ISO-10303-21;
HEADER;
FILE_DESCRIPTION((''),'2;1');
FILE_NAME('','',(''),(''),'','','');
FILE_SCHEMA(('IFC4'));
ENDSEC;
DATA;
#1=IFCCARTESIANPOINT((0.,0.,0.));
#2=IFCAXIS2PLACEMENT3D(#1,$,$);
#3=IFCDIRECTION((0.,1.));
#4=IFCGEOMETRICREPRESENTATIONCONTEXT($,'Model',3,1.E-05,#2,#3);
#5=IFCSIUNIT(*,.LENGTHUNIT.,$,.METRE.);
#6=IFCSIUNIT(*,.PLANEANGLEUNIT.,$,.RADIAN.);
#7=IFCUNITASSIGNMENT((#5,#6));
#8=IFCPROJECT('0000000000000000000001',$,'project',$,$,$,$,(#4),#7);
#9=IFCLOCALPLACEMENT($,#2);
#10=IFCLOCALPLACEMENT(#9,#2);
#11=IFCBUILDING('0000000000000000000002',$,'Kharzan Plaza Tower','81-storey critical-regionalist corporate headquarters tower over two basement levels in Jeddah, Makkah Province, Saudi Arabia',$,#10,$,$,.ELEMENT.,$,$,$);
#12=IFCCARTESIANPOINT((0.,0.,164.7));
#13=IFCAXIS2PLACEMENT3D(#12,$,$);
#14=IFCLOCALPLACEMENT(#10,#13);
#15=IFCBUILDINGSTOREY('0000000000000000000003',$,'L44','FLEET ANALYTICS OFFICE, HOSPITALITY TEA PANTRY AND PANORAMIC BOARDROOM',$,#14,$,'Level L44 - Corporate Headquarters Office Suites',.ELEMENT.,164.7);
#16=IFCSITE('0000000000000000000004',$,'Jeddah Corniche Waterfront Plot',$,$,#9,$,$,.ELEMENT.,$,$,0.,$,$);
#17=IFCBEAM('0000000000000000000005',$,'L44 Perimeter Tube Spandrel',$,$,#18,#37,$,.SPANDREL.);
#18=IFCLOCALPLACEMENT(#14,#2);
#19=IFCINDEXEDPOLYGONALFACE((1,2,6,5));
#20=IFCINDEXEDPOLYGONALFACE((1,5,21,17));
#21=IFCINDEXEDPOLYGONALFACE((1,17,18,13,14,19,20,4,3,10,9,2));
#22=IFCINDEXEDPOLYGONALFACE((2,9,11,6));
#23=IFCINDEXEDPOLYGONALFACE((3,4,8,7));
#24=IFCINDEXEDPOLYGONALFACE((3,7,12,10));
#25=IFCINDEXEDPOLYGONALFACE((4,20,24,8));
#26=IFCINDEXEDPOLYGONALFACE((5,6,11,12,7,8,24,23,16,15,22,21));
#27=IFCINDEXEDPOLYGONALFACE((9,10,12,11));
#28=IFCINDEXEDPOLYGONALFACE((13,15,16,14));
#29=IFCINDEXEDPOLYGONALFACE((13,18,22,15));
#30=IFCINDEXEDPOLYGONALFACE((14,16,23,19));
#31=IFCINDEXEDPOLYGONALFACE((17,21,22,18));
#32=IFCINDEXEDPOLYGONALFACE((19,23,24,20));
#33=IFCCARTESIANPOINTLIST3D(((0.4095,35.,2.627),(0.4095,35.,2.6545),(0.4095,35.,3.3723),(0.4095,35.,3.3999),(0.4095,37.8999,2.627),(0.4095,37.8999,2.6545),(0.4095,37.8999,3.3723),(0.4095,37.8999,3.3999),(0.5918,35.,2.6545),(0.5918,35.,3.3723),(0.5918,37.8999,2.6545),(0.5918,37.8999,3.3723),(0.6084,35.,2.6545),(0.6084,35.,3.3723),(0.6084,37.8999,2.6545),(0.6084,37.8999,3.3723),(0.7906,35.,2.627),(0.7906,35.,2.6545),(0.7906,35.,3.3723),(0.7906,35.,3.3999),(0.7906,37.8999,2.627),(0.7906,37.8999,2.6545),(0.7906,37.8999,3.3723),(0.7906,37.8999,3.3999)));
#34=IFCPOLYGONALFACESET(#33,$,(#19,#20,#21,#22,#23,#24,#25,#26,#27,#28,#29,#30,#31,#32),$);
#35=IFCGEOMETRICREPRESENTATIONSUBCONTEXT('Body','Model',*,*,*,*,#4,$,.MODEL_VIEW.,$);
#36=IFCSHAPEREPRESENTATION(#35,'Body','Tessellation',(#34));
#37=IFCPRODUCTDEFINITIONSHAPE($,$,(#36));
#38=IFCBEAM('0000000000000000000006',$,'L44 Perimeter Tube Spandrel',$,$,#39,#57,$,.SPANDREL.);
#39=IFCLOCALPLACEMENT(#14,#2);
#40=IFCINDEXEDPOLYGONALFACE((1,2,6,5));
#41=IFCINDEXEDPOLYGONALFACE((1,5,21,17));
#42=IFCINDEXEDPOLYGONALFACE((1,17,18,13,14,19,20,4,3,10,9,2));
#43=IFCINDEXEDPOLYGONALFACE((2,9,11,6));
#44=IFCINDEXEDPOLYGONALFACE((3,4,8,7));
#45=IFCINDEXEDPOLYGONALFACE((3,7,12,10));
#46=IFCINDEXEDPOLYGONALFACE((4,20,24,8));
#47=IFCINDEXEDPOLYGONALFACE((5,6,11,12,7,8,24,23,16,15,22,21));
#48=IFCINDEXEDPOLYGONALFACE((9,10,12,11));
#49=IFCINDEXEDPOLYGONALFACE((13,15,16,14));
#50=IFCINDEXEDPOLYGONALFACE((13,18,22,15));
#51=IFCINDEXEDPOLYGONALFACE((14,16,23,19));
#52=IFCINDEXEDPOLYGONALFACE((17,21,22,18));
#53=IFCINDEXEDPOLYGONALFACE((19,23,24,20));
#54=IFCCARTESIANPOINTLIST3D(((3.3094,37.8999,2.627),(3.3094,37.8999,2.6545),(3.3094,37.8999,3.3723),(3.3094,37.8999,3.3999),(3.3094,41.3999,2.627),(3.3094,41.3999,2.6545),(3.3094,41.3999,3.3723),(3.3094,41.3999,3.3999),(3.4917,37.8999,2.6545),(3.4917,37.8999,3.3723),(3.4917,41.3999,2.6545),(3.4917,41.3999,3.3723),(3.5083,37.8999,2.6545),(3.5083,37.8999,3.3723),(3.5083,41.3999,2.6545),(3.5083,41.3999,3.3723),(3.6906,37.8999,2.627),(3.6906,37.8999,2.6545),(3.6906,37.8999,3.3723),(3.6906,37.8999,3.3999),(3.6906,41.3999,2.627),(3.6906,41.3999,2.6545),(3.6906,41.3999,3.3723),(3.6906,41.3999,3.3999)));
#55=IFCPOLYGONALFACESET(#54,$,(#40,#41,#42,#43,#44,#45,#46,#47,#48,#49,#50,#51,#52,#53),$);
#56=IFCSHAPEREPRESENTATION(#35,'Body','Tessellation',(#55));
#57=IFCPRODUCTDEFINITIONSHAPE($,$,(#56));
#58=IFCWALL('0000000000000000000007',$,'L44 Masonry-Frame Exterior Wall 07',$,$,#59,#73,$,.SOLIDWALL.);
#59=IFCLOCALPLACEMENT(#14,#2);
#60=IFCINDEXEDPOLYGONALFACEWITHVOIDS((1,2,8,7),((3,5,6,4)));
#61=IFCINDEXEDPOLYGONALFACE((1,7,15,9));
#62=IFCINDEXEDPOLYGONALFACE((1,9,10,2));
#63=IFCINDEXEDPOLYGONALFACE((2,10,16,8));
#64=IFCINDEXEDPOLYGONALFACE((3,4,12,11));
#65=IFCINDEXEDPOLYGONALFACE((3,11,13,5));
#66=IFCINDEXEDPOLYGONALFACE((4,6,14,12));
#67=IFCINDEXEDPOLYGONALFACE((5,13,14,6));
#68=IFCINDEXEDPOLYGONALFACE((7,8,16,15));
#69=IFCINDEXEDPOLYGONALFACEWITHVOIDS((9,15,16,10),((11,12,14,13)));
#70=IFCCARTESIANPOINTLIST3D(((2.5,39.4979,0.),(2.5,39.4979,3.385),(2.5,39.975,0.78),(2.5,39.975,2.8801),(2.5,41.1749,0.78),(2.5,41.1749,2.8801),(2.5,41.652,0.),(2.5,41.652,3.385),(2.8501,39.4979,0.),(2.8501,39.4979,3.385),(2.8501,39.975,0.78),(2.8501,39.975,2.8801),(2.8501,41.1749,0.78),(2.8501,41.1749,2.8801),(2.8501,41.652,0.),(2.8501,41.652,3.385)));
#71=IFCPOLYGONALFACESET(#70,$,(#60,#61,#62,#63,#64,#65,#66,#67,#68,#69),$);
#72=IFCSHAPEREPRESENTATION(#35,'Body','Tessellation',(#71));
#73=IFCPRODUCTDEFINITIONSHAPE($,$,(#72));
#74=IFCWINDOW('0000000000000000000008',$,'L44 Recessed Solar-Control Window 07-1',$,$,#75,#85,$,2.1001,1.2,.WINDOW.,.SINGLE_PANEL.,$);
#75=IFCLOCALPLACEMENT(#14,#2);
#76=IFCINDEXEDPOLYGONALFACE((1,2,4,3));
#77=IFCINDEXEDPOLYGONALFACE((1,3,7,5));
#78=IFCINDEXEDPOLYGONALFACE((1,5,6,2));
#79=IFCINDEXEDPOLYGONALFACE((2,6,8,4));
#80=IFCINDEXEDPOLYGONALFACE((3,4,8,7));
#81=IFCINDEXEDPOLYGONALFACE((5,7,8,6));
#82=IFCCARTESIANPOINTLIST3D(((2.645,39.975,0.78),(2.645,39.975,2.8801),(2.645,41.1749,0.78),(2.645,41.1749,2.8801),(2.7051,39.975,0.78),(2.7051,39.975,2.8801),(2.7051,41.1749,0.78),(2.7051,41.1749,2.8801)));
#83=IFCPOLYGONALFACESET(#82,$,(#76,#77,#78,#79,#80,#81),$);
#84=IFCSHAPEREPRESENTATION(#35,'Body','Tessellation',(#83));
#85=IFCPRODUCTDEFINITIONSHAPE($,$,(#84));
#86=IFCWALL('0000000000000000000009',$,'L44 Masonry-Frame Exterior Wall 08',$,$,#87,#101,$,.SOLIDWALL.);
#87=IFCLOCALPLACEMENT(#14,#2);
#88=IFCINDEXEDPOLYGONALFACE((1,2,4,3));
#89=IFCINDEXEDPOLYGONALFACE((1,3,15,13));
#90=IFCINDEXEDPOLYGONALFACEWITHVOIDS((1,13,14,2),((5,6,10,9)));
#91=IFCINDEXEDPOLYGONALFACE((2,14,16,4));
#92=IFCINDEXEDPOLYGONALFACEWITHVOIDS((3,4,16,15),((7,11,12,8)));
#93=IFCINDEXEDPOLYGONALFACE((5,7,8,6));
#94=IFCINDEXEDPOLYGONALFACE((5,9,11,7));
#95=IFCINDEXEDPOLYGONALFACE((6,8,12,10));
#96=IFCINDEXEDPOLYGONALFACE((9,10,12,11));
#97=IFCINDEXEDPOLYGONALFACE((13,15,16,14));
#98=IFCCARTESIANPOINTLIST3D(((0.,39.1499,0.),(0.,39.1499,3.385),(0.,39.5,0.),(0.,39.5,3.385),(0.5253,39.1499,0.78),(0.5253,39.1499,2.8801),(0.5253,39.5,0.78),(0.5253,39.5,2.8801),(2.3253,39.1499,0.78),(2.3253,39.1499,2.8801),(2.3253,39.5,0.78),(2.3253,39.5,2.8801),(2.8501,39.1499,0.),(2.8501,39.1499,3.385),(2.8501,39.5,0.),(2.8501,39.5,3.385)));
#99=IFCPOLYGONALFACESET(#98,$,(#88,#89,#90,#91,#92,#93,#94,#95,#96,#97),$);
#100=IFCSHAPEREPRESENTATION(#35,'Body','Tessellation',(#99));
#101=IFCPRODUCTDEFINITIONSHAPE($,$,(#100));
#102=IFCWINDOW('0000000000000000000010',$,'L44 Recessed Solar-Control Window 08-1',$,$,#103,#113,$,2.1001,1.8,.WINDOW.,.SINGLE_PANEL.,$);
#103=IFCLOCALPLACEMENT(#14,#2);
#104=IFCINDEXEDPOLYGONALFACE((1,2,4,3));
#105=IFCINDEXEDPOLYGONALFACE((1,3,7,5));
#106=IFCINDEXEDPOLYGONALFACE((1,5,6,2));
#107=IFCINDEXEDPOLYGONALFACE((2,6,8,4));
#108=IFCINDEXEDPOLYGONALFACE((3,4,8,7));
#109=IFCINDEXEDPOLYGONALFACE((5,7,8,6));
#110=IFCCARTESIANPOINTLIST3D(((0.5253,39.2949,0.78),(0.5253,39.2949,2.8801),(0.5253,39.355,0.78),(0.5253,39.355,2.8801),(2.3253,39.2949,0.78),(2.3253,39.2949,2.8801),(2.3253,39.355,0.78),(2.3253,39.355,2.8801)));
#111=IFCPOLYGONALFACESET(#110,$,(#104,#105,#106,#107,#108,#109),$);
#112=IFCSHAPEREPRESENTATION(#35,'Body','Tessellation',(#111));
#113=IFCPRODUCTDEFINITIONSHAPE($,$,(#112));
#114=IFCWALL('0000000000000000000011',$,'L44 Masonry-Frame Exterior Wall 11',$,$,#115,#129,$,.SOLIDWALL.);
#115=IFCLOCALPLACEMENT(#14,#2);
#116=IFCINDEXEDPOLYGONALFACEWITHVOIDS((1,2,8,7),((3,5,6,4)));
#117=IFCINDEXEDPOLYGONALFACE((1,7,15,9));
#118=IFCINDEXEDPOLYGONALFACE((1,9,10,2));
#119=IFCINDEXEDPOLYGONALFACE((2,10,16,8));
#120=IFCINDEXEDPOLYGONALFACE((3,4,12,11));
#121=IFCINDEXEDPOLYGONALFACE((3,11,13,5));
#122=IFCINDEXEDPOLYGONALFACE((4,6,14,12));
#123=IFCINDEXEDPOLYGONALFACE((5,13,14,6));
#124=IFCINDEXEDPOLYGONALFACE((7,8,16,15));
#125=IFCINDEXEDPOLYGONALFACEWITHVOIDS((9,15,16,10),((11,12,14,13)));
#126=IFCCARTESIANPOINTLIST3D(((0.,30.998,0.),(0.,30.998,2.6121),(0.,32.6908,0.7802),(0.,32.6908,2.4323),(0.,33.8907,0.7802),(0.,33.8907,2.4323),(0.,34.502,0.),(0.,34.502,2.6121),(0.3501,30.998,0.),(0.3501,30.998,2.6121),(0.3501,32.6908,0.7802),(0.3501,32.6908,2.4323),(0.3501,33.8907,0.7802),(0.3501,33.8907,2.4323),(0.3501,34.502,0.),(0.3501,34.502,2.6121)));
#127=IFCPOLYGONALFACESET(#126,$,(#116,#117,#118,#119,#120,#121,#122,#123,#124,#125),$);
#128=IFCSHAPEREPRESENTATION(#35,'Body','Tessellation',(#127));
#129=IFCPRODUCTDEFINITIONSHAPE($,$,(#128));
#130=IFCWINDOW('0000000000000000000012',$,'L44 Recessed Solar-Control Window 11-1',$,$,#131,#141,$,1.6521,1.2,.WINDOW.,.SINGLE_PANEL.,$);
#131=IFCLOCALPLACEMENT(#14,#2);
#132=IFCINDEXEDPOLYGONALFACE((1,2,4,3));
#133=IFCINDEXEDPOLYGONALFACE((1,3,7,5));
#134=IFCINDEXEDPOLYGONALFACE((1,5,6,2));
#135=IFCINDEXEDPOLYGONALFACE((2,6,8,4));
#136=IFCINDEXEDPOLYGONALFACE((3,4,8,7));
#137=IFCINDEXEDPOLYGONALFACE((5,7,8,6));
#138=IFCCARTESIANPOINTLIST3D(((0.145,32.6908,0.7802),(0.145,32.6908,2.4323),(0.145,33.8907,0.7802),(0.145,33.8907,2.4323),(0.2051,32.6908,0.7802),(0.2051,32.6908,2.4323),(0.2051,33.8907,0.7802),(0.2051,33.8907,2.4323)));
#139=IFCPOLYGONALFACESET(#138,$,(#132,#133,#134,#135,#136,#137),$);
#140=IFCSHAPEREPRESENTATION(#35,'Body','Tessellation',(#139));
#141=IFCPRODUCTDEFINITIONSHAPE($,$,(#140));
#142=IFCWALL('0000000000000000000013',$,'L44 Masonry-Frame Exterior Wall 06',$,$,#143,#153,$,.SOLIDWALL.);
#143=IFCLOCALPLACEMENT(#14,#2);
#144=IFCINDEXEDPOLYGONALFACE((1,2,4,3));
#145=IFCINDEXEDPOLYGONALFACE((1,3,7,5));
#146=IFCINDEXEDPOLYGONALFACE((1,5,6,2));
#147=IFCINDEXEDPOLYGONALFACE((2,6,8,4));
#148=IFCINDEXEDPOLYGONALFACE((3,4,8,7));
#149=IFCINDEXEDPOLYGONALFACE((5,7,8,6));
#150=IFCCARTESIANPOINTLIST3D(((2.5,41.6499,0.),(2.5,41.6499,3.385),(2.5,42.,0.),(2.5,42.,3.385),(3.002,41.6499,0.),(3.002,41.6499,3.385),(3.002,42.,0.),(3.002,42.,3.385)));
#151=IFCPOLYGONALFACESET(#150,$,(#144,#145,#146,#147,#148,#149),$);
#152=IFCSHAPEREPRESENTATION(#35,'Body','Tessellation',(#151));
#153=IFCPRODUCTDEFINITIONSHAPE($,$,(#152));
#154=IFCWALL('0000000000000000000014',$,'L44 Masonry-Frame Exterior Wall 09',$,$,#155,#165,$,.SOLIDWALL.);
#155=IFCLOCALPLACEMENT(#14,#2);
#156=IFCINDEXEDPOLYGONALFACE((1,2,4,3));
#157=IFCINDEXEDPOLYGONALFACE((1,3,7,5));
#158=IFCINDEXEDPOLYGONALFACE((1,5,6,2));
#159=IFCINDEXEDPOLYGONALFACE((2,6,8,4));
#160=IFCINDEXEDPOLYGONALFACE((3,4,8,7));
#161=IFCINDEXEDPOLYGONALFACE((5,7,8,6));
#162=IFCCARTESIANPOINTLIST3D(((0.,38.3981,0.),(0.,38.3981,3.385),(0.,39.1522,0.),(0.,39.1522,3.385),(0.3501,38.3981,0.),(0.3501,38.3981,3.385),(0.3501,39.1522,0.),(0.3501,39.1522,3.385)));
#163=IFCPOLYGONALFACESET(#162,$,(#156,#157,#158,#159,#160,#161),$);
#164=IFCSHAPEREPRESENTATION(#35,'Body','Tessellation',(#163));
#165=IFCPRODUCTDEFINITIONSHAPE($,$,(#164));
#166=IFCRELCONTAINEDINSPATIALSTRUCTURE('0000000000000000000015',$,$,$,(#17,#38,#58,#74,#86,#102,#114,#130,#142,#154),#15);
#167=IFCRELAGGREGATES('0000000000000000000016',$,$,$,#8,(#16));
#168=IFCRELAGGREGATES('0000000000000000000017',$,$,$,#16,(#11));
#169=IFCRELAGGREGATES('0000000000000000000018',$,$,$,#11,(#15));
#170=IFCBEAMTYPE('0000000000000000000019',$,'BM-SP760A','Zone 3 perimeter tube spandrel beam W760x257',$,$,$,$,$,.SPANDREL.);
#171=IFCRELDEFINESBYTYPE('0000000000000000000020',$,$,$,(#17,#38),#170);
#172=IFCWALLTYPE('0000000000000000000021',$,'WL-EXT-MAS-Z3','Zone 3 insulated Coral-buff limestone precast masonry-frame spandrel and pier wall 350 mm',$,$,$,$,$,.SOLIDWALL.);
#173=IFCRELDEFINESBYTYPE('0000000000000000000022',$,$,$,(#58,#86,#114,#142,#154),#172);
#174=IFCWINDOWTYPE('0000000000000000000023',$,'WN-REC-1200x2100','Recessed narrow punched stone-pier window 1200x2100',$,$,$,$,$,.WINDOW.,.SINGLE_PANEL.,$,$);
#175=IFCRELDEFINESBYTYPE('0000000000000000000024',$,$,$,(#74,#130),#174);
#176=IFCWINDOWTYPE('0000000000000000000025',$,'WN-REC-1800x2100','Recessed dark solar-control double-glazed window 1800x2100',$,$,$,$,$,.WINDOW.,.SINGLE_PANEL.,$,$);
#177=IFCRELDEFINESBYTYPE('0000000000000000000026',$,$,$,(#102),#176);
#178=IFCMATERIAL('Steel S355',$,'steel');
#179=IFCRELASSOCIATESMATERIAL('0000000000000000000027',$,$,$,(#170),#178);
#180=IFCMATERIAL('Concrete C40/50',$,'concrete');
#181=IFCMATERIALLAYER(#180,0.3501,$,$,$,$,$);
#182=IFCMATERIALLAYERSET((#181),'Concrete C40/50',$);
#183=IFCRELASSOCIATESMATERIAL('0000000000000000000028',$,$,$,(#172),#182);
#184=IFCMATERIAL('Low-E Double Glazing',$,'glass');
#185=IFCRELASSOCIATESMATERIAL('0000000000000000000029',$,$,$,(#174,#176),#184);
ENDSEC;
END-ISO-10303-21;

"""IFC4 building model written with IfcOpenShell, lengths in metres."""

from ifc_helpers import new_model, si_unit, direction, frame, frame_2d, origin, origin_2d, place, context, subcontext, project, spatial, rectangle, i_section, extrude, source, transform, mapped, material, layer, layer_set, material_profile, profile_set, type_object, element, fill, save


model = new_model("IFC4")

# Units and contexts
model_context = context("Model", 3, precision=1e-05, world=origin(), true_north=direction((0.0, 1.0)))
body_context = subcontext(model_context, "Body", "Model", "MODEL_VIEW")
ifc_project = project(units=[si_unit("LENGTHUNIT", "METRE"), si_unit("PLANEANGLEUNIT", "RADIAN")], contexts=[model_context])

# Site, building, storey
site_placement = place(None, origin())
site = spatial("IfcSite", under=ifc_project, at=site_placement, Name="Jeddah Corniche Waterfront Plot", CompositionType="ELEMENT", RefElevation=0.0)
building_placement = place(site_placement, origin())
building = spatial("IfcBuilding", under=site, at=building_placement, Name="Kharzan Plaza Tower", Description="81-storey critical-regionalist corporate headquarters tower over two basement levels in Jeddah, Makkah Province, Saudi Arabia", CompositionType="ELEMENT")
storey_placement = place(building_placement, frame((0.0, 0.0, 164.7)))
storey = spatial("IfcBuildingStorey", under=building, at=storey_placement, Name="L44", Description="FLEET ANALYTICS OFFICE, HOSPITALITY TEA PANTRY AND PANORAMIC BOARDROOM", LongName="Level L44 - Corporate Headquarters Office Suites", CompositionType="ELEMENT", Elevation=164.7)

# Beams
ifc_material_1 = material(Name="Steel S355", Category="steel")
ifc_material_profile_1 = material_profile(ifc_material_1, i_section(OverallWidth=0.3811, OverallDepth=0.7729, WebThickness=0.0166, FlangeThickness=0.0276, at=origin_2d()), Name="W760x257")
ifc_profile_set_1 = profile_set([ifc_material_profile_1], Name="Steel S355")
beam_type_1 = type_object("IfcBeamType", Name="BM-SP760A", Description="Zone 3 perimeter tube spandrel beam W760x257", PredefinedType="SPANDREL", material=ifc_profile_set_1)
shared_shape_1 = source(origin(), body_context, "Body", "SweptSolid", [
    extrude(i_section(OverallWidth=0.3811, OverallDepth=0.7729, WebThickness=0.0166, FlangeThickness=0.0276, at=origin_2d()), origin(), (0.0, 0.0, 1.0), 2.8999),
])
beam_1_placement = place(storey_placement, frame((0.6001, 35.0, 3.0134), z_axis=(0.0, 1.0, 0.0), x_axis=(-1.0, 0.0, 0.0)))
element("IfcBeam", 1, at=beam_1_placement, inside=storey, type_object=beam_type_1, Name="L44 Perimeter Tube Spandrel", PredefinedType="SPANDREL", context=body_context, shape_type="MappedRepresentation", body=[
    mapped(shared_shape_1, transform((0.0, 0.0, 0.0), x_axis=(1.0, 0.0, 0.0), y_axis=(0.0, 1.0, 0.0), z_axis=(0.0, 0.0, 1.0))),
])
shared_shape_2 = source(origin(), body_context, "Body", "SweptSolid", [
    extrude(i_section(OverallWidth=0.3811, OverallDepth=0.7729, WebThickness=0.0166, FlangeThickness=0.0276, at=origin_2d()), origin(), (0.0, 0.0, 1.0), 3.5),
])
beam_2_placement = place(storey_placement, frame((3.5, 37.8999, 3.0134), z_axis=(0.0, 1.0, 0.0), x_axis=(-1.0, 0.0, 0.0)))
element("IfcBeam", 2, at=beam_2_placement, inside=storey, type_object=beam_type_1, Name="L44 Perimeter Tube Spandrel", PredefinedType="SPANDREL", context=body_context, shape_type="MappedRepresentation", body=[
    mapped(shared_shape_2, transform((0.0, 0.0, 0.0), x_axis=(1.0, 0.0, 0.0), y_axis=(0.0, 1.0, 0.0), z_axis=(0.0, 0.0, 1.0))),
])

# Walls, openings, windows
ifc_material_2 = material(Name="Concrete C40/50", Category="concrete")
ifc_layer_1 = layer(ifc_material_2, 0.3501)
ifc_layer_set_1 = layer_set([ifc_layer_1], Name="Concrete C40/50")
wall_type_1 = type_object("IfcWallType", Name="WL-EXT-MAS-Z3", Description="Zone 3 insulated Coral-buff limestone precast masonry-frame spandrel and pier wall 350 mm", PredefinedType="SOLIDWALL", material=ifc_layer_set_1)
wall_1_placement = place(storey_placement, frame((2.675, 41.6521, 0.0), z_axis=(0.0, 0.0, 1.0), x_axis=(0.0, -1.0, 0.0)))
wall_1 = element("IfcWall", 3, at=wall_1_placement, inside=storey, type_object=wall_type_1, Name="L44 Masonry-Frame Exterior Wall 07", PredefinedType="SOLIDWALL", context=body_context, shape_type="SweptSolid", body=[
    extrude(rectangle(XDim=2.1541, YDim=0.3501, at=frame_2d((1.0771, 0.0))), origin(), (0.0, 0.0, 1.0), 3.385),
])
opening_1_placement = place(wall_1_placement, frame((0.4771, 0.0, 0.78)))
opening_1 = element("IfcOpeningElement", 4, at=opening_1_placement, cuts=wall_1, PredefinedType="OPENING", context=body_context, shape_type="SweptSolid", body=[
    extrude(rectangle(XDim=1.2, YDim=2.1001, at=frame_2d((0.6001, 1.05))), frame((0.0, 0.1851, 0.0), z_axis=(0.0, -1.0, 0.0), x_axis=(1.0, 0.0, 0.0)), (0.0, 0.0, 1.0), 0.3701),
])
ifc_material_3 = material(Name="Low-E Double Glazing", Category="glass")
window_type_1 = type_object("IfcWindowType", Name="WN-REC-1200x2100", Description="Recessed narrow punched stone-pier window 1200x2100", PartitioningType="SINGLE_PANEL", PredefinedType="WINDOW", material=ifc_material_3)
shared_shape_3 = source(origin(), body_context, "Body", "SweptSolid", [
    extrude(rectangle(XDim=1.2, YDim=2.1001, at=frame_2d((0.6001, 1.05))), frame((0.0, 0.03, 0.0), z_axis=(0.0, -1.0, 0.0), x_axis=(1.0, 0.0, 0.0)), (0.0, 0.0, 1.0), 0.0601),
])
window_1_placement = place(opening_1_placement, origin())
window_1 = element("IfcWindow", 5, at=window_1_placement, inside=storey, type_object=window_type_1, Name="L44 Recessed Solar-Control Window 07-1", OverallHeight=2.1001, OverallWidth=1.2, PartitioningType="SINGLE_PANEL", PredefinedType="WINDOW", context=body_context, shape_type="MappedRepresentation", body=[
    mapped(shared_shape_3, transform((0.0, 0.0, 0.0), x_axis=(1.0, 0.0, 0.0), y_axis=(0.0, 1.0, 0.0), z_axis=(0.0, 0.0, 1.0))),
])
fill(opening_1, window_1)
wall_2_placement = place(storey_placement, frame((2.8501, 39.325, 0.0), z_axis=(0.0, 0.0, 1.0), x_axis=(-1.0, 0.0, 0.0)))
wall_2 = element("IfcWall", 6, at=wall_2_placement, inside=storey, type_object=wall_type_1, Name="L44 Masonry-Frame Exterior Wall 08", PredefinedType="SOLIDWALL", context=body_context, shape_type="SweptSolid", body=[
    extrude(rectangle(XDim=2.8501, YDim=0.3501, at=frame_2d((1.425, 0.0))), origin(), (0.0, 0.0, 1.0), 3.385),
])
opening_2_placement = place(wall_2_placement, frame((0.5249, 0.0, 0.78)))
opening_2 = element("IfcOpeningElement", 7, at=opening_2_placement, cuts=wall_2, PredefinedType="OPENING", context=body_context, shape_type="SweptSolid", body=[
    extrude(rectangle(XDim=1.8, YDim=2.1001, at=frame_2d((0.8999, 1.05))), frame((0.0, 0.1851, 0.0), z_axis=(0.0, -1.0, 0.0), x_axis=(1.0, 0.0, 0.0)), (0.0, 0.0, 1.0), 0.3701),
])
window_type_2 = type_object("IfcWindowType", Name="WN-REC-1800x2100", Description="Recessed dark solar-control double-glazed window 1800x2100", PartitioningType="SINGLE_PANEL", PredefinedType="WINDOW", material=ifc_material_3)
shared_shape_4 = source(origin(), body_context, "Body", "SweptSolid", [
    extrude(rectangle(XDim=1.8, YDim=2.1001, at=frame_2d((0.8999, 1.05))), frame((0.0, 0.03, 0.0), z_axis=(0.0, -1.0, 0.0), x_axis=(1.0, 0.0, 0.0)), (0.0, 0.0, 1.0), 0.0601),
])
window_2_placement = place(opening_2_placement, origin())
window_2 = element("IfcWindow", 8, at=window_2_placement, inside=storey, type_object=window_type_2, Name="L44 Recessed Solar-Control Window 08-1", OverallHeight=2.1001, OverallWidth=1.8, PartitioningType="SINGLE_PANEL", PredefinedType="WINDOW", context=body_context, shape_type="MappedRepresentation", body=[
    mapped(shared_shape_4, transform((0.0, 0.0, 0.0), x_axis=(1.0, 0.0, 0.0), y_axis=(0.0, 1.0, 0.0), z_axis=(0.0, 0.0, 1.0))),
])
fill(opening_2, window_2)
wall_3_placement = place(storey_placement, frame((0.175, 34.502, 0.0), z_axis=(0.0, 0.0, 1.0), x_axis=(0.0, -1.0, 0.0)))
wall_3 = element("IfcWall", 9, at=wall_3_placement, inside=storey, type_object=wall_type_1, Name="L44 Masonry-Frame Exterior Wall 11", PredefinedType="SOLIDWALL", context=body_context, shape_type="SweptSolid", body=[
    extrude(rectangle(XDim=3.5039, YDim=0.3501, at=frame_2d((1.752, 0.0))), origin(), (0.0, 0.0, 1.0), 2.6121),
])
opening_3_placement = place(wall_3_placement, frame((0.6111, 0.0, 0.78)))
opening_3 = element("IfcOpeningElement", 10, at=opening_3_placement, cuts=wall_3, PredefinedType="OPENING", context=body_context, shape_type="SweptSolid", body=[
    extrude(rectangle(XDim=1.2, YDim=1.6521, at=frame_2d((0.6001, 0.8262))), frame((0.0, 0.1851, 0.0), z_axis=(0.0, -1.0, 0.0), x_axis=(1.0, 0.0, 0.0)), (0.0, 0.0, 1.0), 0.3701),
])
shared_shape_5 = source(origin(), body_context, "Body", "SweptSolid", [
    extrude(rectangle(XDim=1.2, YDim=1.6521, at=frame_2d((0.6001, 0.8262))), frame((0.0, 0.03, 0.0), z_axis=(0.0, -1.0, 0.0), x_axis=(1.0, 0.0, 0.0)), (0.0, 0.0, 1.0), 0.0601),
])
window_3_placement = place(opening_3_placement, origin())
window_3 = element("IfcWindow", 11, at=window_3_placement, inside=storey, type_object=window_type_1, Name="L44 Recessed Solar-Control Window 11-1", OverallHeight=1.6521, OverallWidth=1.2, PartitioningType="SINGLE_PANEL", PredefinedType="WINDOW", context=body_context, shape_type="MappedRepresentation", body=[
    mapped(shared_shape_5, transform((0.0, 0.0, 0.0), x_axis=(1.0, 0.0, 0.0), y_axis=(0.0, 1.0, 0.0), z_axis=(0.0, 0.0, 1.0))),
])
fill(opening_3, window_3)

# Walls
shared_shape_6 = source(origin(), body_context, "Body", "SweptSolid", [
    extrude(rectangle(XDim=0.502, YDim=0.3501, at=frame_2d((0.251, 0.0))), origin(), (0.0, 0.0, 1.0), 3.385),
])
wall_4_placement = place(storey_placement, frame((3.002, 41.825, 0.0), z_axis=(0.0, 0.0, 1.0), x_axis=(-1.0, 0.0, 0.0)))
element("IfcWall", 12, at=wall_4_placement, inside=storey, type_object=wall_type_1, Name="L44 Masonry-Frame Exterior Wall 06", PredefinedType="SOLIDWALL", context=body_context, shape_type="MappedRepresentation", body=[
    mapped(shared_shape_6, transform((0.0, 0.0, 0.0), x_axis=(1.0, 0.0, 0.0), y_axis=(0.0, 1.0, 0.0), z_axis=(0.0, 0.0, 1.0))),
])
shared_shape_7 = source(origin(), body_context, "Body", "SweptSolid", [
    extrude(rectangle(XDim=0.7542, YDim=0.3501, at=frame_2d((0.377, 0.0))), origin(), (0.0, 0.0, 1.0), 3.385),
])
wall_5_placement = place(storey_placement, frame((0.175, 39.1521, 0.0), z_axis=(0.0, 0.0, 1.0), x_axis=(0.0, -1.0, 0.0)))
element("IfcWall", 13, at=wall_5_placement, inside=storey, type_object=wall_type_1, Name="L44 Masonry-Frame Exterior Wall 09", PredefinedType="SOLIDWALL", context=body_context, shape_type="MappedRepresentation", body=[
    mapped(shared_shape_7, transform((0.0, 0.0, 0.0), x_axis=(1.0, 0.0, 0.0), y_axis=(0.0, 1.0, 0.0), z_axis=(0.0, 0.0, 1.0))),
])

save(model, "model.ifc")
